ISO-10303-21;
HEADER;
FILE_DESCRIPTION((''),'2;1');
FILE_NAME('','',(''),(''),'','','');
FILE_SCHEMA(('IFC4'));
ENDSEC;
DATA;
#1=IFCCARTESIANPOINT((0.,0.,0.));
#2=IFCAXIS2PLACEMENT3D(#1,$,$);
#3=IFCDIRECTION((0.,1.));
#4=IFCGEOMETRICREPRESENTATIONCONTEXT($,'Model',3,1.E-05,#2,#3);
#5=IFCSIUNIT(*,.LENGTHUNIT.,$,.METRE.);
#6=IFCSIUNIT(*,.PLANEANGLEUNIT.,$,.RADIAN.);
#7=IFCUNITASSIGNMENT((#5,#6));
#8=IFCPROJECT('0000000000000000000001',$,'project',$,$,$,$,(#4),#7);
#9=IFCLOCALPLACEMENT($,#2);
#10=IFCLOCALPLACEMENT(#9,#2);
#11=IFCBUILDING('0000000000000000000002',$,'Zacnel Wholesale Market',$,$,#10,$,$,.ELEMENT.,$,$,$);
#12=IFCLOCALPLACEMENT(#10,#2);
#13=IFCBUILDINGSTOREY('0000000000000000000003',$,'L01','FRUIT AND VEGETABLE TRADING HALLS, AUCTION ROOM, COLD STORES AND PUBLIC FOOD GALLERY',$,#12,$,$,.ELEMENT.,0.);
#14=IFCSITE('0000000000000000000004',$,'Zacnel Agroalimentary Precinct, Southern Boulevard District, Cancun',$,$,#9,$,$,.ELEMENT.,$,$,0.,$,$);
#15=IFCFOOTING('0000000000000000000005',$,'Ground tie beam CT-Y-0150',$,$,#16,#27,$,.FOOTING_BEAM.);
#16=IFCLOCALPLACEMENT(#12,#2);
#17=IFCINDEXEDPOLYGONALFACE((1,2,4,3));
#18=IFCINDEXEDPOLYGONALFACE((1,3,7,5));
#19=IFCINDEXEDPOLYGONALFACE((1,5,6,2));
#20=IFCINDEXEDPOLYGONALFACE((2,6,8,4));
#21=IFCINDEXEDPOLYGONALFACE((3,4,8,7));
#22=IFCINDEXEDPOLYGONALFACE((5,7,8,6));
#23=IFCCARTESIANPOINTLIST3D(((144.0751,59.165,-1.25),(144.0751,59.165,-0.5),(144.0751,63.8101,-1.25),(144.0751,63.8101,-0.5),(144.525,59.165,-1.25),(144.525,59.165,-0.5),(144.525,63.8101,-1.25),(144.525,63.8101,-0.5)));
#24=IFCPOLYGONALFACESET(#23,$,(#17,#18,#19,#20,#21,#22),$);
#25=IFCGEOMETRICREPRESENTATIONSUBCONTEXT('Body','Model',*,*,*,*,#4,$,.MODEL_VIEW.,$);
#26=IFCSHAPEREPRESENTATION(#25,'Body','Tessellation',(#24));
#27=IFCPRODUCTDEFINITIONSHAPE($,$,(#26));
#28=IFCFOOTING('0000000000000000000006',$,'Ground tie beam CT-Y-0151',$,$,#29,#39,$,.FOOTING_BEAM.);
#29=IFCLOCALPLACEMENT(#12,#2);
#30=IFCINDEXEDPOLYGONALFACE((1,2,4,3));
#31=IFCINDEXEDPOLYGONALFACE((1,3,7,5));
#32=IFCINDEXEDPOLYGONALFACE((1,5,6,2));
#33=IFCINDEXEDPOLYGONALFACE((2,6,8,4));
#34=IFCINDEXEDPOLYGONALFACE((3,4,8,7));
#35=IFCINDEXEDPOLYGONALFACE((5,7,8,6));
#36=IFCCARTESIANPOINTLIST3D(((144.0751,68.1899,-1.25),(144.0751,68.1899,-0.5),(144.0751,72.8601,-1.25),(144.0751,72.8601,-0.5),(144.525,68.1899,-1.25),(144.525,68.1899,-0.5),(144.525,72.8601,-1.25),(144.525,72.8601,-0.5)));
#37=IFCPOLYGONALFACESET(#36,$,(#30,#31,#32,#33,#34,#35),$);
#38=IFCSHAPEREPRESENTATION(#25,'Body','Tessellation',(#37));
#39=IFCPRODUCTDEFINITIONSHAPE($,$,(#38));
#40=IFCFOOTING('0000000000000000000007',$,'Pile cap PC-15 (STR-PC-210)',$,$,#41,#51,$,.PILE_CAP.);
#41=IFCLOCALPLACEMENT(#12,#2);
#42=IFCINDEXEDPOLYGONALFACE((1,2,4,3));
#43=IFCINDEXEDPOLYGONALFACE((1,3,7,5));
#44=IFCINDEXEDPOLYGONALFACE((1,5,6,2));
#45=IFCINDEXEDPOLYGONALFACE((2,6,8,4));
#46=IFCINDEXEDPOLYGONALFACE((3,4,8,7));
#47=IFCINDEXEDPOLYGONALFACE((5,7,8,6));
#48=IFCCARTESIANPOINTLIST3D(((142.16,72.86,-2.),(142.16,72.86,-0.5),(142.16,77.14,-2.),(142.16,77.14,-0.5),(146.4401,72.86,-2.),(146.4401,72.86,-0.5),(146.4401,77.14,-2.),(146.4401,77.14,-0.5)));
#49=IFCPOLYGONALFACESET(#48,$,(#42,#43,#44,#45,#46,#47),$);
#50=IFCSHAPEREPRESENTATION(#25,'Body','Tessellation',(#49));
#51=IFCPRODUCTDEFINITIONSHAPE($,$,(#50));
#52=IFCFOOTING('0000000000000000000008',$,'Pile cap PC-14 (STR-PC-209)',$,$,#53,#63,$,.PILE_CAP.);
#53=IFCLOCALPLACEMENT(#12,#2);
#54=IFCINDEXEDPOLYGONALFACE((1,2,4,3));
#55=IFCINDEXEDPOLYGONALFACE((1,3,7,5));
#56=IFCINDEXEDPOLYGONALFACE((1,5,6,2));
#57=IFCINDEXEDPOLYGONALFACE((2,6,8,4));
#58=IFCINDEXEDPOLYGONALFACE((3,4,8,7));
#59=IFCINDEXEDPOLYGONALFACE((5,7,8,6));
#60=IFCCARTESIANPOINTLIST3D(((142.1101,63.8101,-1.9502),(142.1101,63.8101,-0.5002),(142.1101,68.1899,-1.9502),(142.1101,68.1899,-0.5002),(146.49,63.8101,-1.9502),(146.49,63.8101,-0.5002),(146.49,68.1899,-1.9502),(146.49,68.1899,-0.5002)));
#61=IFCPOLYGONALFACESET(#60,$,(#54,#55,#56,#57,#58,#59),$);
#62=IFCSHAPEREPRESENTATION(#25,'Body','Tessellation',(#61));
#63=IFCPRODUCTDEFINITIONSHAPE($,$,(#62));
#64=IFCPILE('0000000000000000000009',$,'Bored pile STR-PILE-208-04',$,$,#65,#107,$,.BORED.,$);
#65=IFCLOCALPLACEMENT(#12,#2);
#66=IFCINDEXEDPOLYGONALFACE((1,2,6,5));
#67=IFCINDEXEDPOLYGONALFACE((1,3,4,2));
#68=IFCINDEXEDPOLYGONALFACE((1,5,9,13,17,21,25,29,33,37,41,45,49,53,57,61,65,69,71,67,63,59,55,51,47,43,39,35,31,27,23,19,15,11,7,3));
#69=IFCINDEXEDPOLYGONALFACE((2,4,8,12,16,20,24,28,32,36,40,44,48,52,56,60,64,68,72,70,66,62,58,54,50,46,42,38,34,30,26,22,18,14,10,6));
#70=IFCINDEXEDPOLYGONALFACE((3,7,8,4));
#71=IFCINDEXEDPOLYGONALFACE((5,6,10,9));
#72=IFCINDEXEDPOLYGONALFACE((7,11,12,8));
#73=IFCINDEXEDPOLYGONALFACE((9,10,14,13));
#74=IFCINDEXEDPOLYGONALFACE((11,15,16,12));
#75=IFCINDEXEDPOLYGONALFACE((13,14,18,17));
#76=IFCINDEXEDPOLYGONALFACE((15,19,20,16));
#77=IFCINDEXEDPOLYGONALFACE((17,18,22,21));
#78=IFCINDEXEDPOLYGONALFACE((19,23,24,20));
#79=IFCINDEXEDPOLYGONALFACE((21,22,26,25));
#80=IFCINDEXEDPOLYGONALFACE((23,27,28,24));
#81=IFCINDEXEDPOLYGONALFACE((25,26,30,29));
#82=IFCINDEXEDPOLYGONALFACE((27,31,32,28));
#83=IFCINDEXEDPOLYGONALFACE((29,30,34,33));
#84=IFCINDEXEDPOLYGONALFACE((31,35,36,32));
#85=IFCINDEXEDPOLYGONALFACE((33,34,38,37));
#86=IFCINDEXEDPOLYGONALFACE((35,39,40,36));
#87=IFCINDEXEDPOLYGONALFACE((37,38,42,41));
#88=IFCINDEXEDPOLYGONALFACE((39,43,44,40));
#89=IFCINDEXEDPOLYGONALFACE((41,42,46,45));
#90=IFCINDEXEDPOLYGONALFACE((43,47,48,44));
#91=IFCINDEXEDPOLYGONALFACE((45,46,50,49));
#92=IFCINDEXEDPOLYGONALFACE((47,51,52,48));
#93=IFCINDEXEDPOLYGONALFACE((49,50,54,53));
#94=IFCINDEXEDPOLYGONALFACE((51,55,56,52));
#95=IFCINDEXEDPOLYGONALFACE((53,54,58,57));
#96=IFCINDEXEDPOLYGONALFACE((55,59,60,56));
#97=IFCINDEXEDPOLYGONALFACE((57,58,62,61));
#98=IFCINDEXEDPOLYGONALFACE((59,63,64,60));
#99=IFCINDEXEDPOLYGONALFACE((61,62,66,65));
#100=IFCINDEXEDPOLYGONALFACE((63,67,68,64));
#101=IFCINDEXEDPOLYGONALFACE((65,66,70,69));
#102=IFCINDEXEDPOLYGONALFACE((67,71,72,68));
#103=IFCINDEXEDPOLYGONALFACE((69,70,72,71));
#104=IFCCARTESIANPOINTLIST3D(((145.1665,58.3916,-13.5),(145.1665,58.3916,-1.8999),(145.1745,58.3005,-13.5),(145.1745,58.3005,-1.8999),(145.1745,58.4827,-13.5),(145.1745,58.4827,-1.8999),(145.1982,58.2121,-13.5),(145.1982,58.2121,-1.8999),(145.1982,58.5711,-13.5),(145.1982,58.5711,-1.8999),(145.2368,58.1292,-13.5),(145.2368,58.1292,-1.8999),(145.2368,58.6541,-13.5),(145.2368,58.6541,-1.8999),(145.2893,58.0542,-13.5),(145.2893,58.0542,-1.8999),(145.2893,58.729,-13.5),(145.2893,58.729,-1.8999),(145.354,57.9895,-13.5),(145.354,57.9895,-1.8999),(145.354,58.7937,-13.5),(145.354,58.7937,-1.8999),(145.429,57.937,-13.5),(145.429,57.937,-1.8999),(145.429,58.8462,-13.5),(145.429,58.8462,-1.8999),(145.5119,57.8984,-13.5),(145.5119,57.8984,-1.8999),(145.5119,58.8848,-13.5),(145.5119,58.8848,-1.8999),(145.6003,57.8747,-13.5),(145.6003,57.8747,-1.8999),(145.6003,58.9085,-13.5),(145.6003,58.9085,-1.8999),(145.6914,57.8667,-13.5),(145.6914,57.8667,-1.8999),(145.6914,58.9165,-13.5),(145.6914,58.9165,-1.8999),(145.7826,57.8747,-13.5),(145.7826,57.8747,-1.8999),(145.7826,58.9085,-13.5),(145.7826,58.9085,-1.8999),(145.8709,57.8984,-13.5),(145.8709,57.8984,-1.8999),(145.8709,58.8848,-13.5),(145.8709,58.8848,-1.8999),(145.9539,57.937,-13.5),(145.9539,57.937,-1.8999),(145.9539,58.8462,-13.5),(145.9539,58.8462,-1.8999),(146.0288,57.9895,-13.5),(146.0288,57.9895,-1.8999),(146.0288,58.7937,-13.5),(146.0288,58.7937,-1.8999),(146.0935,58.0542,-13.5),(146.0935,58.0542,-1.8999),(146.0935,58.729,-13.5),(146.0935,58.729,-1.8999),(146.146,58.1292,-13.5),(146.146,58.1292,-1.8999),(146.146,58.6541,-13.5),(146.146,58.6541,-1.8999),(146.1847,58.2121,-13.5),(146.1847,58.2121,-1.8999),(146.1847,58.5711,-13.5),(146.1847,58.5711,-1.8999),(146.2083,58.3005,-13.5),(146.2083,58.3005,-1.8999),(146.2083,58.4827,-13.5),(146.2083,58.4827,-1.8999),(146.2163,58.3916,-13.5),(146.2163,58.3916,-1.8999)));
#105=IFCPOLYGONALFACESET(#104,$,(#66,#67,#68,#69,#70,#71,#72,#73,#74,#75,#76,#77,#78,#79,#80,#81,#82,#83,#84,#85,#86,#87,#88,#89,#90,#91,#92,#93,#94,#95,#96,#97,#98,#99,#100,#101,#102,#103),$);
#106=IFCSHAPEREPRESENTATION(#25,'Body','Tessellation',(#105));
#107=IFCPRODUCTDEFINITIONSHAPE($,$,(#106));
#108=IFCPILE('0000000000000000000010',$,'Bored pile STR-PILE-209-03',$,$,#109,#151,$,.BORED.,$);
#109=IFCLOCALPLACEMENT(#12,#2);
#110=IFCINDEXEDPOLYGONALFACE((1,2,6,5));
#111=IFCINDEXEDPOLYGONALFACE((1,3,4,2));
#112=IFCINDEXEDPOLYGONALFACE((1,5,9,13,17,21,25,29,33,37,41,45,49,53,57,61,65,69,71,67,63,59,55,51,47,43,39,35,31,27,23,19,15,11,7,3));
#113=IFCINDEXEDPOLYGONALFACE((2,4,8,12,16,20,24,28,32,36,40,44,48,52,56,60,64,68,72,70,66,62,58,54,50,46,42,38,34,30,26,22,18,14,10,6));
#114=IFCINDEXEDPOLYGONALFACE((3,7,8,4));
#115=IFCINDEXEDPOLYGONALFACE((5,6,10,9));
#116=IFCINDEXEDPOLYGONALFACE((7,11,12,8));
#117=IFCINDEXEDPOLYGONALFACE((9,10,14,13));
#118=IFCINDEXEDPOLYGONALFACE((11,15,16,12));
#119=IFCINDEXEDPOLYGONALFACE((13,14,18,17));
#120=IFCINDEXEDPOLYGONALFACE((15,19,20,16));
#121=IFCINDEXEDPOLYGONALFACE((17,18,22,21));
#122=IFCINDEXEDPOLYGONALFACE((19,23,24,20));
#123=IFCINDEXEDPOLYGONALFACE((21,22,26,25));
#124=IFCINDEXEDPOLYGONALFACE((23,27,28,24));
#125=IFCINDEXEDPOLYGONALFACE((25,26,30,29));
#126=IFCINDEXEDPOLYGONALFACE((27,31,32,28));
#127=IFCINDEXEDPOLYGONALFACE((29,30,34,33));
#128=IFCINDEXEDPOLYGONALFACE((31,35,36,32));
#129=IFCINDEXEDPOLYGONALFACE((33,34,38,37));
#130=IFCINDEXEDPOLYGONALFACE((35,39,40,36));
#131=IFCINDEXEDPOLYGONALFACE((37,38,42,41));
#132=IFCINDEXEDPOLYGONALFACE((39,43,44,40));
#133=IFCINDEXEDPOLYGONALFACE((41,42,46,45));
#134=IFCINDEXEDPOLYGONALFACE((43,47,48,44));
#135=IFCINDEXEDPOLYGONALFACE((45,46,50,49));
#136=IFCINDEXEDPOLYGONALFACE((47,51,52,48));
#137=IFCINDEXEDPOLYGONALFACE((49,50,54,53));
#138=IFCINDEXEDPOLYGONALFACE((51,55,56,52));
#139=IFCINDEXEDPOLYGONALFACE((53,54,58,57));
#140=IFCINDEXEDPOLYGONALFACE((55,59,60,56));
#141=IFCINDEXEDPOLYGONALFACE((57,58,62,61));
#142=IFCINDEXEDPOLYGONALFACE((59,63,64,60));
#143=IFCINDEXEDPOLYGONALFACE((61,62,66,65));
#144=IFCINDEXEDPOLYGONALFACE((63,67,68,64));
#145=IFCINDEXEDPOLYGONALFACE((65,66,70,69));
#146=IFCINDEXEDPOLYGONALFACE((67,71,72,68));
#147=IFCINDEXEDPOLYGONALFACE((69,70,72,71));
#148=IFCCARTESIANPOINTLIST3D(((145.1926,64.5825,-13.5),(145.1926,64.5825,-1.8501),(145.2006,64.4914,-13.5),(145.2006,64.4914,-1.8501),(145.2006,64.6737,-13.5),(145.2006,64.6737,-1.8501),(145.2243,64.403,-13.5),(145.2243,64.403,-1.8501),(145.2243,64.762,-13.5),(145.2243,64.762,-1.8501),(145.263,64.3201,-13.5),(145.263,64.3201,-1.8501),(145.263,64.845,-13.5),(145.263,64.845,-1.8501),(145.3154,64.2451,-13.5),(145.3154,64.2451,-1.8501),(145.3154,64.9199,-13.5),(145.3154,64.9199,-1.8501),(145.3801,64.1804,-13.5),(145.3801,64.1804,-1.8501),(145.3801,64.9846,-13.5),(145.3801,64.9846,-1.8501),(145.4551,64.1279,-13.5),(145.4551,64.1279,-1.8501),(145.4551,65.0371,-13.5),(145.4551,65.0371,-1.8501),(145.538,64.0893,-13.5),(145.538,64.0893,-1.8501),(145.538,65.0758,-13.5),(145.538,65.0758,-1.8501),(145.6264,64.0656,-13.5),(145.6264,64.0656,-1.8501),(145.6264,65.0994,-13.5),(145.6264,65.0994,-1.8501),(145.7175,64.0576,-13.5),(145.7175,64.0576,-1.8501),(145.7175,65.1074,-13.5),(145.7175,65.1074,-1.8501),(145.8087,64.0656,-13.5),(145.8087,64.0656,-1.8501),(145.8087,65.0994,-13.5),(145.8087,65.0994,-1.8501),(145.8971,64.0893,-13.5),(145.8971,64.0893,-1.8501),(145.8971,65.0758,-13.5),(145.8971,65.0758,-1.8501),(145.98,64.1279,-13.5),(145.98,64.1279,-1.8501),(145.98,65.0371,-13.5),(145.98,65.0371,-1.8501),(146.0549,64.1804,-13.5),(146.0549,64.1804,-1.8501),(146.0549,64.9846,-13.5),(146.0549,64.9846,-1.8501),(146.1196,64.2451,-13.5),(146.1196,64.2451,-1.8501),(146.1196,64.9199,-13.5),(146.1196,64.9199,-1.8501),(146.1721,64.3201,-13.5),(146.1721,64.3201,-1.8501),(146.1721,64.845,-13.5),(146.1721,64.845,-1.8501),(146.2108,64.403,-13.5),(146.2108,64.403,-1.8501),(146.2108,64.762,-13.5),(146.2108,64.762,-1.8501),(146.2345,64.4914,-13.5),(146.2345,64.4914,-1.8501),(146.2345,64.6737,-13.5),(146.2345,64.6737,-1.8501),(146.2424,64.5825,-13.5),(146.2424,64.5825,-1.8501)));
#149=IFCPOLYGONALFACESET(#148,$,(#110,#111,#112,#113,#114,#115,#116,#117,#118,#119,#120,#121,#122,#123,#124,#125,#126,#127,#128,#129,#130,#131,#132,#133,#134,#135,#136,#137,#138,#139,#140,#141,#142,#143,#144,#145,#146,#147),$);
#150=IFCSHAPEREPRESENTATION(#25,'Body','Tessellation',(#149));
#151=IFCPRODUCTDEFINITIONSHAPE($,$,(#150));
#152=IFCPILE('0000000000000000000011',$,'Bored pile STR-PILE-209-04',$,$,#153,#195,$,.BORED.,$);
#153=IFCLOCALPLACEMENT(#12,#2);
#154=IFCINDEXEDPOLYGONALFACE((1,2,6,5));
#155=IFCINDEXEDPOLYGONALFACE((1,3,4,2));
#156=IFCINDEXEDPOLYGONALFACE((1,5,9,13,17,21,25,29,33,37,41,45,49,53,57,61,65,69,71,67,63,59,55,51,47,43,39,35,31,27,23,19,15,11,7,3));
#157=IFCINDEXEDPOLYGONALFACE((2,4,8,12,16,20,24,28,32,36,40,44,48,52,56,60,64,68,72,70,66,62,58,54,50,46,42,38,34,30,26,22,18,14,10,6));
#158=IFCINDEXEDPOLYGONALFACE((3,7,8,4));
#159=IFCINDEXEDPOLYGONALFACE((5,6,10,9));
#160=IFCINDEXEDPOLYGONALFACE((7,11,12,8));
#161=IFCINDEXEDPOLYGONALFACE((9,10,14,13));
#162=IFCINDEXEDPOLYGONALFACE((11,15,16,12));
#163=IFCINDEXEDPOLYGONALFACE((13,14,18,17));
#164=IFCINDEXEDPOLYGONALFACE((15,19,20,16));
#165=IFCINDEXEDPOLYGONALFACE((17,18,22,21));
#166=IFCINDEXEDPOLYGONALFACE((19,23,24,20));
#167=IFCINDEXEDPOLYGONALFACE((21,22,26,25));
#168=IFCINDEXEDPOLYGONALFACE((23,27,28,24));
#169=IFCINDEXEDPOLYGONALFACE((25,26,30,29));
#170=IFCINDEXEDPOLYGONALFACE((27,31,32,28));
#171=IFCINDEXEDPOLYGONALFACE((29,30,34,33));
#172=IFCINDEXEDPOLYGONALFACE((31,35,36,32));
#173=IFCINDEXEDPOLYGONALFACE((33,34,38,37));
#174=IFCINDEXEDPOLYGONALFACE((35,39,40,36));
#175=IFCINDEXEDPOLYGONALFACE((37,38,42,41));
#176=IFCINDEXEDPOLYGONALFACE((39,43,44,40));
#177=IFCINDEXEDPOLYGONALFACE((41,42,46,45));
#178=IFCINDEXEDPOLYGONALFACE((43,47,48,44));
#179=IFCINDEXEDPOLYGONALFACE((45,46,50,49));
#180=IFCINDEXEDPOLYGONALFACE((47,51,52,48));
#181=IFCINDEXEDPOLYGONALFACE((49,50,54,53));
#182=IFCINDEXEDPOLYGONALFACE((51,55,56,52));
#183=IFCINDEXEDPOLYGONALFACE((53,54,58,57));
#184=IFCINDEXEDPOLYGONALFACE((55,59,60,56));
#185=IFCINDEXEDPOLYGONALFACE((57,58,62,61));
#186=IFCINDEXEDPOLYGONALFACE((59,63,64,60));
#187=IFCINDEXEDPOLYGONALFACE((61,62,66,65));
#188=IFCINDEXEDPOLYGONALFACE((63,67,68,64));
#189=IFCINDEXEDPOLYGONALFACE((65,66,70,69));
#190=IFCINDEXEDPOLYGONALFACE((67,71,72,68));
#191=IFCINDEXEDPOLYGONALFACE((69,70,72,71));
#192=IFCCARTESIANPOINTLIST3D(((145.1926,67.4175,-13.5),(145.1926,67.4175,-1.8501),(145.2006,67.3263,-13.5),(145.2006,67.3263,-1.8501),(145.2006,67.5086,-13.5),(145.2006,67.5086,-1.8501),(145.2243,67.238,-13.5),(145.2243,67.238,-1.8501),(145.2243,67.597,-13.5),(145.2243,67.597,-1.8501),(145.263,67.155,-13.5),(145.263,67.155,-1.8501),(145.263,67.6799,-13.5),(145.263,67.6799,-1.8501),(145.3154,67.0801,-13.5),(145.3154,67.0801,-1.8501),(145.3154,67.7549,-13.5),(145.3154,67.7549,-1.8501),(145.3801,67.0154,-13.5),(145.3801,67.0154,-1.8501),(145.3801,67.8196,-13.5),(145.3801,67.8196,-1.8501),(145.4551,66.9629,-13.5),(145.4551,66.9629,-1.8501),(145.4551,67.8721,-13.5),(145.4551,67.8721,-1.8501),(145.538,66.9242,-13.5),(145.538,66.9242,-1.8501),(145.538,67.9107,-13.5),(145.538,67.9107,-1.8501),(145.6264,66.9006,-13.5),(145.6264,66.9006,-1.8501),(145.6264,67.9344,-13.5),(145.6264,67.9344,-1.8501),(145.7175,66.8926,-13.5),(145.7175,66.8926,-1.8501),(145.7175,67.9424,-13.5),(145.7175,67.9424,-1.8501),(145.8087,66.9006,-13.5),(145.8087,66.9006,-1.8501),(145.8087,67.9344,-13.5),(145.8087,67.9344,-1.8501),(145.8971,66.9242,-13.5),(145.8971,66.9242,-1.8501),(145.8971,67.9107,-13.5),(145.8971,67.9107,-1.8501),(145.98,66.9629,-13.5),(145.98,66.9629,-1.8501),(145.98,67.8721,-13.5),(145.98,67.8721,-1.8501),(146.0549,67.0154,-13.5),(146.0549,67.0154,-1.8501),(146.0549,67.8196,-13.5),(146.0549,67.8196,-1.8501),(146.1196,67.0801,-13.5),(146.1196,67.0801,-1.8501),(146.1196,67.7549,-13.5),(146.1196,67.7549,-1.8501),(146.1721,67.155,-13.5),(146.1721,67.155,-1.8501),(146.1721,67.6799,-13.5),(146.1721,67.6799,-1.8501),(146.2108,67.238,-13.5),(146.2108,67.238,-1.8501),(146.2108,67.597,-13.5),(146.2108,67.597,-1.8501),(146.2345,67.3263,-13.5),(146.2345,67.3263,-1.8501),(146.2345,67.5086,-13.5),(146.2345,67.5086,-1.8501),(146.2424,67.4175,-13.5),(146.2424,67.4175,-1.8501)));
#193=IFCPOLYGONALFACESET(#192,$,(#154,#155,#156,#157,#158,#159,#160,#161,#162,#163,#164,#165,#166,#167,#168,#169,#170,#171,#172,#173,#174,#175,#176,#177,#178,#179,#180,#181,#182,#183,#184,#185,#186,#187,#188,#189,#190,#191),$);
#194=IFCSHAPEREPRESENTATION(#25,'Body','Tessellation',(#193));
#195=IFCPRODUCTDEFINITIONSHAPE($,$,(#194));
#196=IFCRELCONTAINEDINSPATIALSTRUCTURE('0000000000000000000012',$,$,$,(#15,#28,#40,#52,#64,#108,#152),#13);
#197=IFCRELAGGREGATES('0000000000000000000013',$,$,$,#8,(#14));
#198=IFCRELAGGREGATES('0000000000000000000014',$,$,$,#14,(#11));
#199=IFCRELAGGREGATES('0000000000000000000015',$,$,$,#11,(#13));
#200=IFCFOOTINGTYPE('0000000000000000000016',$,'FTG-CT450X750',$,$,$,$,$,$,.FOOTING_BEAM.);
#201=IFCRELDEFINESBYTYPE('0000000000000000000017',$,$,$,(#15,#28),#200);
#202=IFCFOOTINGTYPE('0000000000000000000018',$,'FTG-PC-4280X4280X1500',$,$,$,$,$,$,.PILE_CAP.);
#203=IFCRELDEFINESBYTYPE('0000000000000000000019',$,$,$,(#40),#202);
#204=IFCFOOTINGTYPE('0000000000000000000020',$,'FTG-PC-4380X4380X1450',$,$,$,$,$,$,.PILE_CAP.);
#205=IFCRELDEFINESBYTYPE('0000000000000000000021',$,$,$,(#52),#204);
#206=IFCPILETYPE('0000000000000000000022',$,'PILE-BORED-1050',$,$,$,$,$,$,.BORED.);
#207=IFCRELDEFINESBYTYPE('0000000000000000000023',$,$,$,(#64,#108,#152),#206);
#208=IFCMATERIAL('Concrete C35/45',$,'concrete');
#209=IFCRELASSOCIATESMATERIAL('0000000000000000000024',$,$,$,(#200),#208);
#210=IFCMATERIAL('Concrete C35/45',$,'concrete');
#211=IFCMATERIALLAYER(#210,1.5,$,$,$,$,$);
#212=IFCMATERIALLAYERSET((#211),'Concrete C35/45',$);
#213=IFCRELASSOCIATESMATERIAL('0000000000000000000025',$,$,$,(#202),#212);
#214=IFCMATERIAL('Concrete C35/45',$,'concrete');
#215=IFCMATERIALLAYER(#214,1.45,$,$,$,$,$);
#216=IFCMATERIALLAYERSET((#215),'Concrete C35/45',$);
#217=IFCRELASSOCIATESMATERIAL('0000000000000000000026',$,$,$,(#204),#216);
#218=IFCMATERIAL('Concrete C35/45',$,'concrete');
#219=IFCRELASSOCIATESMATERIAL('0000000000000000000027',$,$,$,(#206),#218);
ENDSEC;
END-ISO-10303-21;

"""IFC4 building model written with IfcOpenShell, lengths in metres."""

from ifc_helpers import new_model, si_unit, direction, frame, origin, origin_2d, place, context, subcontext, project, spatial, rectangle, circle, extrude, material, layer, layer_set, material_profile, profile_set, type_object, element, save


model = new_model("IFC4")

# Units and contexts
model_context = context("Model", 3, precision=1e-05, world=origin(), true_north=direction((0.0, 1.0)))
body_context = subcontext(model_context, "Body", "Model", "MODEL_VIEW")
ifc_project = project(units=[si_unit("LENGTHUNIT", "METRE"), si_unit("PLANEANGLEUNIT", "RADIAN")], contexts=[model_context])

# Site, building, storey
site_placement = place(None, origin())
site = spatial("IfcSite", under=ifc_project, at=site_placement, Name="Zacnel Agroalimentary Precinct, Southern Boulevard District, Cancun", CompositionType="ELEMENT", RefElevation=0.0)
building_placement = place(site_placement, origin())
building = spatial("IfcBuilding", under=site, at=building_placement, Name="Zacnel Wholesale Market", CompositionType="ELEMENT")
storey_placement = place(building_placement, origin())
storey = spatial("IfcBuildingStorey", under=building, at=storey_placement, Name="L01", Description="FRUIT AND VEGETABLE TRADING HALLS, AUCTION ROOM, COLD STORES AND PUBLIC FOOD GALLERY", CompositionType="ELEMENT", Elevation=0.0)

# Footings
ifc_material_1 = material(Name="Concrete C35/45", Category="concrete")
ifc_material_profile_1 = material_profile(ifc_material_1, rectangle(XDim=0.45, YDim=0.75, at=origin_2d()), Name="CT 450x750")
ifc_profile_set_1 = profile_set([ifc_material_profile_1], Name="Concrete C35/45")
footing_type_1 = type_object("IfcFootingType", Name="FTG-CT450X750", PredefinedType="FOOTING_BEAM", material=ifc_profile_set_1)
footing_1_placement = place(storey_placement, frame((144.3, 59.165, -0.875), z_axis=(0.0, 1.0, 0.0), x_axis=(-1.0, 0.0, 0.0)))
element("IfcFooting", 1, at=footing_1_placement, inside=storey, type_object=footing_type_1, Name="Ground tie beam CT-Y-0150", PredefinedType="FOOTING_BEAM", context=body_context, shape_type="SweptSolid", body=[
    extrude(rectangle(XDim=0.45, YDim=0.75, at=origin_2d()), origin(), (0.0, 0.0, 1.0), 4.645),
])
footing_2_placement = place(storey_placement, frame((144.3, 68.1899, -0.875), z_axis=(0.0, 1.0, 0.0), x_axis=(-1.0, 0.0, 0.0)))
element("IfcFooting", 2, at=footing_2_placement, inside=storey, type_object=footing_type_1, Name="Ground tie beam CT-Y-0151", PredefinedType="FOOTING_BEAM", context=body_context, shape_type="SweptSolid", body=[
    extrude(rectangle(XDim=0.45, YDim=0.75, at=origin_2d()), origin(), (0.0, 0.0, 1.0), 4.6702),
])
ifc_material_2 = material(Name="Concrete C35/45", Category="concrete")
ifc_layer_1 = layer(ifc_material_2, 1.5)
ifc_layer_set_1 = layer_set([ifc_layer_1], Name="Concrete C35/45")
footing_type_2 = type_object("IfcFootingType", Name="FTG-PC-4280X4280X1500", PredefinedType="PILE_CAP", material=ifc_layer_set_1)
footing_3_placement = place(storey_placement, frame((144.3, 75.0, -2.0), z_axis=(0.0, 0.0, 1.0), x_axis=(1.0, 0.0, 0.0)))
element("IfcFooting", 3, at=footing_3_placement, inside=storey, type_object=footing_type_2, Name="Pile cap PC-15 (STR-PC-210)", PredefinedType="PILE_CAP", context=body_context, shape_type="SweptSolid", body=[
    extrude(rectangle(XDim=4.28, YDim=4.28, at=origin_2d()), origin(), (0.0, 0.0, 1.0), 1.5),
])
ifc_material_3 = material(Name="Concrete C35/45", Category="concrete")
ifc_layer_2 = layer(ifc_material_3, 1.45)
ifc_layer_set_2 = layer_set([ifc_layer_2], Name="Concrete C35/45")
footing_type_3 = type_object("IfcFootingType", Name="FTG-PC-4380X4380X1450", PredefinedType="PILE_CAP", material=ifc_layer_set_2)
footing_4_placement = place(storey_placement, frame((144.3, 66.0, -1.9502), z_axis=(0.0, 0.0, 1.0), x_axis=(1.0, 0.0, 0.0)))
element("IfcFooting", 4, at=footing_4_placement, inside=storey, type_object=footing_type_3, Name="Pile cap PC-14 (STR-PC-209)", PredefinedType="PILE_CAP", context=body_context, shape_type="SweptSolid", body=[
    extrude(rectangle(XDim=4.3799, YDim=4.3799, at=origin_2d()), origin(), (0.0, 0.0, 1.0), 1.45),
])

# Piles
ifc_material_4 = material(Name="Concrete C35/45", Category="concrete")
ifc_material_profile_2 = material_profile(ifc_material_4, circle(Radius=0.5249, at=origin_2d()), Name="BORED PILE D1050")
ifc_profile_set_2 = profile_set([ifc_material_profile_2], Name="Concrete C35/45")
pile_type = type_object("IfcPileType", Name="PILE-BORED-1050", PredefinedType="BORED", material=ifc_profile_set_2)
pile_placement = place(storey_placement, frame((145.6914, 58.3916, -1.8999), z_axis=(0.0, 0.0, -1.0), x_axis=(1.0, 0.0, 0.0)))
element("IfcPile", 5, at=pile_placement, inside=storey, type_object=pile_type, Name="Bored pile STR-PILE-208-04", PredefinedType="BORED", context=body_context, shape_type="SweptSolid", body=[
    extrude(circle(Radius=0.5249, at=origin_2d()), origin(), (0.0, 0.0, 1.0), 11.6001),
])
for number, where, z_axis, x_axis, name in (
    (6, (145.7175, 64.5825, -1.8501), (0.0, 0.0, -1.0), (1.0, 0.0, 0.0), "Bored pile STR-PILE-209-03"),
    (7, (145.7175, 67.4175, -1.8501), (0.0, 0.0, -1.0), (1.0, 0.0, 0.0), "Bored pile STR-PILE-209-04"),
):
    element("IfcPile", number, at=place(storey_placement, frame(where, z_axis=z_axis, x_axis=x_axis)), inside=storey, type_object=pile_type, Name=name, PredefinedType="BORED", context=body_context, shape_type="SweptSolid", body=[
        extrude(circle(Radius=0.5249, at=origin_2d()), origin(), (0.0, 0.0, 1.0), 11.6499),
    ])

save(model, "model.ifc")
